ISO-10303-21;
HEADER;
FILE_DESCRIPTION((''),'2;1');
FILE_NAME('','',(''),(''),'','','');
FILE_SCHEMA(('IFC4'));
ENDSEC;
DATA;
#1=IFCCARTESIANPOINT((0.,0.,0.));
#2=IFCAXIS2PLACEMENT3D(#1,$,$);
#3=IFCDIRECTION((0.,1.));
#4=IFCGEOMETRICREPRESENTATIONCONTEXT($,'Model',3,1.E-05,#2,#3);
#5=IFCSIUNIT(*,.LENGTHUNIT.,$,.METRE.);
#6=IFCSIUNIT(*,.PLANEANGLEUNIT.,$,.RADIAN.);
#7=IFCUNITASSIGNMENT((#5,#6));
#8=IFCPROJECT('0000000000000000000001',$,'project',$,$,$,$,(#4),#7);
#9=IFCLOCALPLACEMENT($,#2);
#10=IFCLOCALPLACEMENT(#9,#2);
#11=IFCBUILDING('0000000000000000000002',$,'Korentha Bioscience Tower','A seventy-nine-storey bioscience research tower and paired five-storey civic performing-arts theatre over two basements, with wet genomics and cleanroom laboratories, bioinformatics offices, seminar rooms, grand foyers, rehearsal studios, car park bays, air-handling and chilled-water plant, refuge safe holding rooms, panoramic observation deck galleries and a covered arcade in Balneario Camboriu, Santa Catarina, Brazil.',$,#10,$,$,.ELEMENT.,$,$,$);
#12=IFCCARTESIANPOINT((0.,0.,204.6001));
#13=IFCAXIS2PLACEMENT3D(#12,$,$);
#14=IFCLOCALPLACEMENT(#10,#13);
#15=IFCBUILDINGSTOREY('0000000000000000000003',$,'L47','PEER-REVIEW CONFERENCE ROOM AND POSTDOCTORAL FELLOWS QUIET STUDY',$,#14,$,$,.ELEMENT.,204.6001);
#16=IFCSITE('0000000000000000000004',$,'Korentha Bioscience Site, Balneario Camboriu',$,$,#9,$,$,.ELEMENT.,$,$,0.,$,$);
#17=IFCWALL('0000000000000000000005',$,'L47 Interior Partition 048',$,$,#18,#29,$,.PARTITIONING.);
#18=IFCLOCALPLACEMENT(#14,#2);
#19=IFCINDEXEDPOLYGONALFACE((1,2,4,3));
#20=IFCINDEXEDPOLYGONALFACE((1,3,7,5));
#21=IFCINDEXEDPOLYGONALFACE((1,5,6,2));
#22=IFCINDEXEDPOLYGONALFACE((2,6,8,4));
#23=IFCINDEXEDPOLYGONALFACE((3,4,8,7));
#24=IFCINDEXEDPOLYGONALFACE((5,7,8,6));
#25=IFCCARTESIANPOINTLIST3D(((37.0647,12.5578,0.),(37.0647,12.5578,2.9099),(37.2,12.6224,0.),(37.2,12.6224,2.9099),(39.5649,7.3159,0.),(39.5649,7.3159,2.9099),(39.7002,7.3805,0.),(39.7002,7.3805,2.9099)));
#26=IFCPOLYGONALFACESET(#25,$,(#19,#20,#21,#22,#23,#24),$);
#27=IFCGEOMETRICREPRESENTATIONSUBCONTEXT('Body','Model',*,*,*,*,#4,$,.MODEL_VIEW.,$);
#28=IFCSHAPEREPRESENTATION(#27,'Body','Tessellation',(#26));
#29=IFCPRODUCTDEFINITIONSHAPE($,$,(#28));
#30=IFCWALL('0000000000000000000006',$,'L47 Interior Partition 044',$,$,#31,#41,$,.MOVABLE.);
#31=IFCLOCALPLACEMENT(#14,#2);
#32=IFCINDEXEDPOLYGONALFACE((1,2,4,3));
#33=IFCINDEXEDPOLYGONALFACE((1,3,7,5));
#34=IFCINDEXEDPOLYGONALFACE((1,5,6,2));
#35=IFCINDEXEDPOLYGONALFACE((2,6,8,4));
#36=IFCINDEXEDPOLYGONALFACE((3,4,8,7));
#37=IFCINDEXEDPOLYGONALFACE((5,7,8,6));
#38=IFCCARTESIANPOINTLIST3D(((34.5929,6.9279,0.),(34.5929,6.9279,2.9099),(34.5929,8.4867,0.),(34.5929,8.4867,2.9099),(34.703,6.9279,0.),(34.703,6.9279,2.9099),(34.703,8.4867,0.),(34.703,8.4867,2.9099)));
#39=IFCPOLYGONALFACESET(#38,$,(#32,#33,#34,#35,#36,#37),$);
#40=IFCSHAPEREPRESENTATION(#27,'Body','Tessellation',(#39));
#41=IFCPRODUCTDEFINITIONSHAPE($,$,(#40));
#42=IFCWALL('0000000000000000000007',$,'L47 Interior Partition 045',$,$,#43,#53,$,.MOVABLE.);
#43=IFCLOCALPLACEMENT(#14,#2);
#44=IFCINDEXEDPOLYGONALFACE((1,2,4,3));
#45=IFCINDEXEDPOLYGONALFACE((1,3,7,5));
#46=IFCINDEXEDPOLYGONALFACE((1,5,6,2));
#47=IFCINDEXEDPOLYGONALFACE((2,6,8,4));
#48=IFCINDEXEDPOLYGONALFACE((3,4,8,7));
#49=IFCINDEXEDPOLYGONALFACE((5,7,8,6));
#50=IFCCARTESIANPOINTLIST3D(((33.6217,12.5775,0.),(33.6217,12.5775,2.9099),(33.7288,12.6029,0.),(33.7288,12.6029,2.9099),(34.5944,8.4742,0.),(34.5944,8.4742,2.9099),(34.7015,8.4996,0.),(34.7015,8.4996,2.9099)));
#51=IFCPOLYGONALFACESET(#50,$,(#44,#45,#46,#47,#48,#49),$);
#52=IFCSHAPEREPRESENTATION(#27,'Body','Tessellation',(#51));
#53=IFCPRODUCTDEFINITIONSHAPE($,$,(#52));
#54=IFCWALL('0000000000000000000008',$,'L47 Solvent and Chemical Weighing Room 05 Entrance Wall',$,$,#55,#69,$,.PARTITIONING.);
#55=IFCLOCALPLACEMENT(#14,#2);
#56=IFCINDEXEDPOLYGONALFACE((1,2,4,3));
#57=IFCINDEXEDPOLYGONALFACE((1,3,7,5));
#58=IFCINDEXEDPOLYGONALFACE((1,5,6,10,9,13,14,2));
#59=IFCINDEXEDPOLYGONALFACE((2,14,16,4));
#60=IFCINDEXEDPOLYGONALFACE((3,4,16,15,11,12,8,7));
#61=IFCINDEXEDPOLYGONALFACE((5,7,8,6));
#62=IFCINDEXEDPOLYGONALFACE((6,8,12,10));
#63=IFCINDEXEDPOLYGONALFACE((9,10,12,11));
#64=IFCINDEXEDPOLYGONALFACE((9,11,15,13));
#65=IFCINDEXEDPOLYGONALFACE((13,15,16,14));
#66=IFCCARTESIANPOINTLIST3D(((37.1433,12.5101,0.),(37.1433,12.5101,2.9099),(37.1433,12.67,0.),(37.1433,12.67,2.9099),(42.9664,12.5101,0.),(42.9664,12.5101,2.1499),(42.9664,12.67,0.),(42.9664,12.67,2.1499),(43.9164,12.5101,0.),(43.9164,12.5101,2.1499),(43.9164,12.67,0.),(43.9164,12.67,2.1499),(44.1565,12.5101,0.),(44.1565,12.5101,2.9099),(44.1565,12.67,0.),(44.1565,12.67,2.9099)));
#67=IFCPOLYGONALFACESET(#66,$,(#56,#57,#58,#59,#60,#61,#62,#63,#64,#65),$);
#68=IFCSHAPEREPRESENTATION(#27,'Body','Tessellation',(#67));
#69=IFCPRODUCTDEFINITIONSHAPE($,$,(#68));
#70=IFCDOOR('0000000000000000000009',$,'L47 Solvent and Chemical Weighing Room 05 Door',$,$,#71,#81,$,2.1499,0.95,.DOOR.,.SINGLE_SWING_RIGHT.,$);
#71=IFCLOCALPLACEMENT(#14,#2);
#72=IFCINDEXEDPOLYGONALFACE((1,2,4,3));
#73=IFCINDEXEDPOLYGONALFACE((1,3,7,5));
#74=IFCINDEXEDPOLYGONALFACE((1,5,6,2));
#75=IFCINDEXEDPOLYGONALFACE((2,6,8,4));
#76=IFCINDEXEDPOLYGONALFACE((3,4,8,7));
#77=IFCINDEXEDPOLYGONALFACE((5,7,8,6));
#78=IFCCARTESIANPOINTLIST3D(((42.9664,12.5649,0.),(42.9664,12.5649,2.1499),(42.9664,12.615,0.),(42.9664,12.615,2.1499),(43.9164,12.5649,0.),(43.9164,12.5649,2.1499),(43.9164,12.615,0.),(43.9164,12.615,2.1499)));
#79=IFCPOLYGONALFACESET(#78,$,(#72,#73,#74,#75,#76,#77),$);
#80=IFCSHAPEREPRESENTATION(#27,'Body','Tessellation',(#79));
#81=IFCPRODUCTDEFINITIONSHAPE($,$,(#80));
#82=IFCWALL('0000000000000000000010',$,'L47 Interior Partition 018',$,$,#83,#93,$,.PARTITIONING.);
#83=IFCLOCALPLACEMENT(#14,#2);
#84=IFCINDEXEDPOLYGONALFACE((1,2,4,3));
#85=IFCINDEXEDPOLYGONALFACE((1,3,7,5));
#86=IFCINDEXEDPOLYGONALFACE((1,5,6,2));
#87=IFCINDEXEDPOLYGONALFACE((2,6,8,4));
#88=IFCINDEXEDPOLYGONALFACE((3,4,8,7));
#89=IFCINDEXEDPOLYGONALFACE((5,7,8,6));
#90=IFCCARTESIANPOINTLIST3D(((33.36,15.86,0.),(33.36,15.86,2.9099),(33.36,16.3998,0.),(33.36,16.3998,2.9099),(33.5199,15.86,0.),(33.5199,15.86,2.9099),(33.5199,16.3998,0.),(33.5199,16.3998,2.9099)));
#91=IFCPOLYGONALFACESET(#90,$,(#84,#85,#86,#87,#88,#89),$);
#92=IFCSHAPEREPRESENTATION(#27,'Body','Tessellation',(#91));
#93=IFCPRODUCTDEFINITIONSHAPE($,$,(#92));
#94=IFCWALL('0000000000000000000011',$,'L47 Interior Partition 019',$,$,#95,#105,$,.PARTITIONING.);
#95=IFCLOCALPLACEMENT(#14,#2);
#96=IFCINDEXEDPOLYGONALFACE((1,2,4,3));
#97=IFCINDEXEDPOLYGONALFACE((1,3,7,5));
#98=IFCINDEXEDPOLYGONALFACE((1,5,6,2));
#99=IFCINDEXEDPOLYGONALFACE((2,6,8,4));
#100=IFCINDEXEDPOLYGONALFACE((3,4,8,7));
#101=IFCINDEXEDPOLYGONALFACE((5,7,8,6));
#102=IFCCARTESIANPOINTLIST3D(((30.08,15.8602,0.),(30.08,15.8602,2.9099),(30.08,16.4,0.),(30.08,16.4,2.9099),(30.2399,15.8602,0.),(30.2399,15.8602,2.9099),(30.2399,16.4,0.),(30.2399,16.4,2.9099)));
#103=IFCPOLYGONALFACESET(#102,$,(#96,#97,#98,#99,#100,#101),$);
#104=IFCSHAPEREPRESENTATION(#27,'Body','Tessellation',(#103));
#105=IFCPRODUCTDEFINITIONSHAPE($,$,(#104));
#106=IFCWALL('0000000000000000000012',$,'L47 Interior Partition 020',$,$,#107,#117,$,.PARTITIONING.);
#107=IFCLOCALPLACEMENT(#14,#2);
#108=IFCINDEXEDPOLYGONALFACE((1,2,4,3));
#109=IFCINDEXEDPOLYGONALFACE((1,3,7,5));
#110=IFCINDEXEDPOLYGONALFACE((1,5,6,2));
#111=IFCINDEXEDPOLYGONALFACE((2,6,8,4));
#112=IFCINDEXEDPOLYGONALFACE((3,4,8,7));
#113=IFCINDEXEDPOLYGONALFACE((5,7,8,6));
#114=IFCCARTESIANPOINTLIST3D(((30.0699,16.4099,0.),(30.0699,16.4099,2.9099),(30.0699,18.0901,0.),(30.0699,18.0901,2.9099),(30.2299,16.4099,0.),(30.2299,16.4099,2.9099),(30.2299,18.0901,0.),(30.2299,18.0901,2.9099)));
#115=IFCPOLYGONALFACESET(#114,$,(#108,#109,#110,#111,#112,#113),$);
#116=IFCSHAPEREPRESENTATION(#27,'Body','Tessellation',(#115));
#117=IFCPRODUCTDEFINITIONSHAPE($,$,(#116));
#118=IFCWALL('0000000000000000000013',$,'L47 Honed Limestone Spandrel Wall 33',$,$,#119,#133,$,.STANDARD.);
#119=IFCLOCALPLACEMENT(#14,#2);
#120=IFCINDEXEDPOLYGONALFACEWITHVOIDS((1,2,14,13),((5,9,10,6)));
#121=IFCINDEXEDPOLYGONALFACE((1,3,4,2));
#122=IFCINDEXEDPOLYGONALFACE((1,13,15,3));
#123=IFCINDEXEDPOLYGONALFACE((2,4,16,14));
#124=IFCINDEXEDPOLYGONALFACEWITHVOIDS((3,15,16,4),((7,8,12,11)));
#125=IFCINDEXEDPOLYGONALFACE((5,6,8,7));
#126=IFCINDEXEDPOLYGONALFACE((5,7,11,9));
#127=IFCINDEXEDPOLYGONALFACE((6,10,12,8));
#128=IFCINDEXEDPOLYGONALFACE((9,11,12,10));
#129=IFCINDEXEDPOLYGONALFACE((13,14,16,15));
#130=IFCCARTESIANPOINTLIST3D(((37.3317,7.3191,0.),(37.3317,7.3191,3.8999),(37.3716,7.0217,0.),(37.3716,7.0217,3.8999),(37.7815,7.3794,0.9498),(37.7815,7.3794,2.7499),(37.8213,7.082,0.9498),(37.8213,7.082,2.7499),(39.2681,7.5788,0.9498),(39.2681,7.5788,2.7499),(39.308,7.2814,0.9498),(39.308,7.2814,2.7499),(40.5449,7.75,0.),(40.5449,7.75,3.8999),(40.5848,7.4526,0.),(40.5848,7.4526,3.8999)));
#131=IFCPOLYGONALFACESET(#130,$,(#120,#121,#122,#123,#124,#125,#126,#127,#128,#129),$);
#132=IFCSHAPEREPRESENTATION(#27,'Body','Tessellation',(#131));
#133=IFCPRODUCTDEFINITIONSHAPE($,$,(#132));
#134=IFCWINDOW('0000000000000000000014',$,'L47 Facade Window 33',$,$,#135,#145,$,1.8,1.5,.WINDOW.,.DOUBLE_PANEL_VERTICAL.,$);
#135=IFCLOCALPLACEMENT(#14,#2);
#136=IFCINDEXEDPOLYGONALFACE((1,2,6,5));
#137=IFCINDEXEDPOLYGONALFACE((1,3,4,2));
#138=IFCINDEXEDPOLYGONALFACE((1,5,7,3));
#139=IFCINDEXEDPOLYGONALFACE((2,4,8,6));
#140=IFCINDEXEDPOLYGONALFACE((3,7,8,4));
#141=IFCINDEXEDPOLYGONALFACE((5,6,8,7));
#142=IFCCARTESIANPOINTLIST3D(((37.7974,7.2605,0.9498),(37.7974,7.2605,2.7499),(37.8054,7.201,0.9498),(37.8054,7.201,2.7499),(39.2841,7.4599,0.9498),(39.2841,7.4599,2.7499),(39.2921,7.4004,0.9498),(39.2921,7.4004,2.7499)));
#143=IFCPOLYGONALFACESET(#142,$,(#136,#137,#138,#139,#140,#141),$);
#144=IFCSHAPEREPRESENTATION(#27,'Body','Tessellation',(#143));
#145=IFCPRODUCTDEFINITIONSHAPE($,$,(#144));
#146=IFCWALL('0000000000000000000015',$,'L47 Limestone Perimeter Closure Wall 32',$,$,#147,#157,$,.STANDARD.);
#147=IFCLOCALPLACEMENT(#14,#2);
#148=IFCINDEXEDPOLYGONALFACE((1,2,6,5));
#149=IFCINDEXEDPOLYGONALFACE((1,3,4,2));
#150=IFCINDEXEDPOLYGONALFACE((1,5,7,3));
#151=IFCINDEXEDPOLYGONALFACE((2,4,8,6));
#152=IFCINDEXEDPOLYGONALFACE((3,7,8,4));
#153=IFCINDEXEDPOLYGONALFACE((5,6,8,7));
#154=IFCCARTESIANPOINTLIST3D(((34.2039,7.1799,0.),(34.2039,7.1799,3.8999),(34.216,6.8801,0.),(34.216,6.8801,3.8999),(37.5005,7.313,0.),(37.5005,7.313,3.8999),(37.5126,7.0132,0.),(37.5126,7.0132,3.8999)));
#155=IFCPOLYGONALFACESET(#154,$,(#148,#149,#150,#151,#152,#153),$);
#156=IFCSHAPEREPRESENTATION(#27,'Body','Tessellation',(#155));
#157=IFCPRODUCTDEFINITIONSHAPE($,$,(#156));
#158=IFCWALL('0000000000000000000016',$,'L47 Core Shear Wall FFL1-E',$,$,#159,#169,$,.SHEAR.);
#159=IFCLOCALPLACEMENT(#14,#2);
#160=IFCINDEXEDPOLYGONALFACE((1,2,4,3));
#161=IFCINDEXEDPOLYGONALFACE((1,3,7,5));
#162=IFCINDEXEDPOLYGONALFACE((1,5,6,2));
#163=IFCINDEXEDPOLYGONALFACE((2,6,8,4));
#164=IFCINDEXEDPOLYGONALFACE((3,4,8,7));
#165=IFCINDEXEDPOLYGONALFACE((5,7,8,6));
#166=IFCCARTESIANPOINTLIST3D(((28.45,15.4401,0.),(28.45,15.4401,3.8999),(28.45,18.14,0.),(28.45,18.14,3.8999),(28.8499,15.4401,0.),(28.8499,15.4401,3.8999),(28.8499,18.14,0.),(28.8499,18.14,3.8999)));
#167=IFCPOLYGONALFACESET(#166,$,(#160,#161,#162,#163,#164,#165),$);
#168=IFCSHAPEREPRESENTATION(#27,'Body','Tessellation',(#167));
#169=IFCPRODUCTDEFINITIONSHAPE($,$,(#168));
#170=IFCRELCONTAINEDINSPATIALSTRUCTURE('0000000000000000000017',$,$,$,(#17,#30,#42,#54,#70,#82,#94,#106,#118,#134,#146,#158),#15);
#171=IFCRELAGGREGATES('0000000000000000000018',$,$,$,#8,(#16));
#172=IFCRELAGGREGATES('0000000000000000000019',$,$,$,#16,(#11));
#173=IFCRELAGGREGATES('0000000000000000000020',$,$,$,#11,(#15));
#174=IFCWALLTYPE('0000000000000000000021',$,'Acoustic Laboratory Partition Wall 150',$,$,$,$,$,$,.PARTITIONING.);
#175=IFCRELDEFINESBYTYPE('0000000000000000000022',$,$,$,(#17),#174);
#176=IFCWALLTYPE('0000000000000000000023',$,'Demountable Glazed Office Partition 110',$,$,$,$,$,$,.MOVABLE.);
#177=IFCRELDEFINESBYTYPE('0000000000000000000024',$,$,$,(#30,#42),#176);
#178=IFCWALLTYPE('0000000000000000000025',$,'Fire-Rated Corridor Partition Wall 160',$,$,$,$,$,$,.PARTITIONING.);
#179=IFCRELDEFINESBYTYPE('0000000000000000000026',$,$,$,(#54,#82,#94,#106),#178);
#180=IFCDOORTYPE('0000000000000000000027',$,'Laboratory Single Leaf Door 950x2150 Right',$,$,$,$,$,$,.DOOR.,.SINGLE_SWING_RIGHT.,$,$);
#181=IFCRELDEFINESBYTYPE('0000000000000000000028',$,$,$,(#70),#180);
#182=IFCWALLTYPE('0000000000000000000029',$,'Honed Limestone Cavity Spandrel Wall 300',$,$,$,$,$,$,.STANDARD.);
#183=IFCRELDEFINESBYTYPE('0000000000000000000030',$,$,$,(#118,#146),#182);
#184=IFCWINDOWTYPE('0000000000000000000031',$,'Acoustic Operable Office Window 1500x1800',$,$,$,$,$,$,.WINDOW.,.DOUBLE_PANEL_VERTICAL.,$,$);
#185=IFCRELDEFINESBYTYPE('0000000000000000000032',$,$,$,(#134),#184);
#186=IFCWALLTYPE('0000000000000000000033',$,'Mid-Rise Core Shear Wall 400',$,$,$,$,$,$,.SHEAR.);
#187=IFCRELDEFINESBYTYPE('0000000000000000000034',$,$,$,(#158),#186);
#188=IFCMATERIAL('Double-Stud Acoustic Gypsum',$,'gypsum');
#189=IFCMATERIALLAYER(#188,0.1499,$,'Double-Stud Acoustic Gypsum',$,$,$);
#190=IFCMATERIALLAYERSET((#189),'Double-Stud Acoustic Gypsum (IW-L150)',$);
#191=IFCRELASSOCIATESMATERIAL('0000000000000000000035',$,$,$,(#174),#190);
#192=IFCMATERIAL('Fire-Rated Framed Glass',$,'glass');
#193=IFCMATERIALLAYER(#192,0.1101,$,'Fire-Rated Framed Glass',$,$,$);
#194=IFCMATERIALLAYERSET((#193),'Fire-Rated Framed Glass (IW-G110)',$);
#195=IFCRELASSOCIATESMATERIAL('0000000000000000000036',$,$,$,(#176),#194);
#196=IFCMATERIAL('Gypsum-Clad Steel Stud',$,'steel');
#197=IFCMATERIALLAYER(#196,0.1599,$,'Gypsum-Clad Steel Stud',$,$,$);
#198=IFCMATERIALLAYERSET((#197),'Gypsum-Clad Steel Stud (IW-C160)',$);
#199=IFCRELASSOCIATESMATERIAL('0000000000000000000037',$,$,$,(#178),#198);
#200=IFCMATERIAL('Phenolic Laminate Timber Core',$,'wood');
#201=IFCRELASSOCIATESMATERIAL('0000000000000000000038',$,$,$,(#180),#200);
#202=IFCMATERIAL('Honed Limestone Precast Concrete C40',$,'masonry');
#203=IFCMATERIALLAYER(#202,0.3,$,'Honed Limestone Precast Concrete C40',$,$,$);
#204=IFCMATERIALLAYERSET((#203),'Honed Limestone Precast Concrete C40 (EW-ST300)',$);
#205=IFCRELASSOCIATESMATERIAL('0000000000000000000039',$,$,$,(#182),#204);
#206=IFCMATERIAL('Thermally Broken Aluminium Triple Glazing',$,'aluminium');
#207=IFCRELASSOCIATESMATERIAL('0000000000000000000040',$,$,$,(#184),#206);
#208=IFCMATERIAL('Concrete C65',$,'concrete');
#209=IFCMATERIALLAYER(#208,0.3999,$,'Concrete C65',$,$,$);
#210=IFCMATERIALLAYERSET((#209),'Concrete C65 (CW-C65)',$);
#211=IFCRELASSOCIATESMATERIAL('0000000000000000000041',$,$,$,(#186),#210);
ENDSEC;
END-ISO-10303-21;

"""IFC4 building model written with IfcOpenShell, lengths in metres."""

from ifc_helpers import new_model, si_unit, direction, frame, frame_2d, origin, place, context, subcontext, project, spatial, rectangle, extrude, material, layer, layer_set, type_object, element, fill, save


model = new_model("IFC4")

# Units and contexts
model_context = context("Model", 3, precision=1e-05, world=origin(), true_north=direction((0.0, 1.0)))
body_context = subcontext(model_context, "Body", "Model", "MODEL_VIEW")
ifc_project = project(units=[si_unit("LENGTHUNIT", "METRE"), si_unit("PLANEANGLEUNIT", "RADIAN")], contexts=[model_context])

# Site, building, storey
site_placement = place(None, origin())
site = spatial("IfcSite", under=ifc_project, at=site_placement, Name="Korentha Bioscience Site, Balneario Camboriu", CompositionType="ELEMENT", RefElevation=0.0)
building_placement = place(site_placement, origin())
building = spatial("IfcBuilding", under=site, at=building_placement, Name="Korentha Bioscience Tower", Description="A seventy-nine-storey bioscience research tower and paired five-storey civic performing-arts theatre over two basements, with wet genomics and cleanroom laboratories, bioinformatics offices, seminar rooms, grand foyers, rehearsal studios, car park bays, air-handling and chilled-water plant, refuge safe holding rooms, panoramic observation deck galleries and a covered arcade in Balneario Camboriu, Santa Catarina, Brazil.", CompositionType="ELEMENT")
storey_placement = place(building_placement, frame((0.0, 0.0, 204.6001)))
storey = spatial("IfcBuildingStorey", under=building, at=storey_placement, Name="L47", Description="PEER-REVIEW CONFERENCE ROOM AND POSTDOCTORAL FELLOWS QUIET STUDY", CompositionType="ELEMENT", Elevation=204.6001)

# Shared definitions
ifc_material_1 = material(Name="Double-Stud Acoustic Gypsum", Category="gypsum")
ifc_layer_1 = layer(ifc_material_1, 0.1499, Name="Double-Stud Acoustic Gypsum")
ifc_layer_set_1 = layer_set([ifc_layer_1], Name="Double-Stud Acoustic Gypsum (IW-L150)")
wall_type_1 = type_object("IfcWallType", Name="Acoustic Laboratory Partition Wall 150", PredefinedType="PARTITIONING", material=ifc_layer_set_1)
ifc_material_2 = material(Name="Phenolic Laminate Timber Core", Category="wood")

# Walls
wall_1_placement = place(storey_placement, frame((37.1323, 12.5901, 0.0), z_axis=(0.0, 0.0, 1.0), x_axis=(0.430506, -0.902588, 0.0)))
element("IfcWall", 1, at=wall_1_placement, inside=storey, type_object=wall_type_1, Name="L47 Interior Partition 048", PredefinedType="PARTITIONING", context=body_context, shape_type="SweptSolid", body=[
    extrude(rectangle(XDim=5.8076, YDim=0.1499, at=frame_2d((2.9038, 0.0))), origin(), (0.0, 0.0, 1.0), 2.9099),
])
ifc_material_3 = material(Name="Fire-Rated Framed Glass", Category="glass")
ifc_layer_2 = layer(ifc_material_3, 0.1101, Name="Fire-Rated Framed Glass")
ifc_layer_set_2 = layer_set([ifc_layer_2], Name="Fire-Rated Framed Glass (IW-G110)")
wall_type_2 = type_object("IfcWallType", Name="Demountable Glazed Office Partition 110", PredefinedType="MOVABLE", material=ifc_layer_set_2)
wall_2_placement = place(storey_placement, frame((34.6479, 8.4866, 0.0), z_axis=(0.0, 0.0, 1.0), x_axis=(0.0, -1.0, 0.0)))
element("IfcWall", 2, at=wall_2_placement, inside=storey, type_object=wall_type_2, Name="L47 Interior Partition 044", PredefinedType="MOVABLE", context=body_context, shape_type="SweptSolid", body=[
    extrude(rectangle(XDim=1.5588, YDim=0.1101, at=frame_2d((0.7793, 0.0))), origin(), (0.0, 0.0, 1.0), 2.9099),
])
wall_3_placement = place(storey_placement, frame((33.6753, 12.5901, 0.0), z_axis=(0.0, 0.0, 1.0), x_axis=(0.230652, -0.973036, 0.0)))
element("IfcWall", 3, at=wall_3_placement, inside=storey, type_object=wall_type_2, Name="L47 Interior Partition 045", PredefinedType="MOVABLE", context=body_context, shape_type="SweptSolid", body=[
    extrude(rectangle(XDim=4.217, YDim=0.1101, at=frame_2d((2.1084, 0.0))), origin(), (0.0, 0.0, 1.0), 2.9099),
])

# Wall, opening, door
ifc_material_4 = material(Name="Gypsum-Clad Steel Stud", Category="steel")
ifc_layer_3 = layer(ifc_material_4, 0.1599, Name="Gypsum-Clad Steel Stud")
ifc_layer_set_3 = layer_set([ifc_layer_3], Name="Gypsum-Clad Steel Stud (IW-C160)")
wall_type_3 = type_object("IfcWallType", Name="Fire-Rated Corridor Partition Wall 160", PredefinedType="PARTITIONING", material=ifc_layer_set_3)
door_type_1 = type_object("IfcDoorType", Name="Laboratory Single Leaf Door 950x2150 Right", OperationType="SINGLE_SWING_RIGHT", PredefinedType="DOOR", material=ifc_material_2)
wall_4_placement = place(storey_placement, frame((37.1433, 12.5901, 0.0), z_axis=(0.0, 0.0, 1.0), x_axis=(1.0, 0.0, 0.0)))
wall_4 = element("IfcWall", 4, at=wall_4_placement, inside=storey, type_object=wall_type_3, Name="L47 Solvent and Chemical Weighing Room 05 Entrance Wall", PredefinedType="PARTITIONING", context=body_context, shape_type="SweptSolid", body=[
    extrude(rectangle(XDim=7.0132, YDim=0.1599, at=frame_2d((3.5066, 0.0))), origin(), (0.0, 0.0, 1.0), 2.9099),
])
opening_1_placement = place(wall_4_placement, frame((5.823, 0.0, 0.0)))
opening_1 = element("IfcOpeningElement", 5, at=opening_1_placement, cuts=wall_4, PredefinedType="OPENING", context=body_context, shape_type="SweptSolid", body=[
    extrude(rectangle(XDim=0.95, YDim=2.1499, at=frame_2d((0.4751, 1.075))), frame((0.0, 0.0947, 0.0), z_axis=(0.0, -1.0, 0.0), x_axis=(1.0, 0.0, 0.0)), (0.0, 0.0, 1.0), 0.1897),
])
door_1_placement = place(opening_1_placement, origin())
door_1 = element("IfcDoor", 6, at=door_1_placement, inside=storey, type_object=door_type_1, Name="L47 Solvent and Chemical Weighing Room 05 Door", OperationType="SINGLE_SWING_RIGHT", OverallHeight=2.1499, OverallWidth=0.95, PredefinedType="DOOR", context=body_context, shape_type="SweptSolid", body=[
    extrude(rectangle(XDim=0.95, YDim=2.1499, at=frame_2d((0.4751, 1.075))), frame((0.0, 0.0249, 0.0), z_axis=(0.0, -1.0, 0.0), x_axis=(1.0, 0.0, 0.0)), (0.0, 0.0, 1.0), 0.05),
])
fill(opening_1, door_1)

# Walls
for number, where, z_axis, x_axis, name in (
    (7, (33.4399, 16.3999, 0.0), (0.0, 0.0, 1.0), (0.0, -1.0, 0.0), "L47 Interior Partition 018"),
    (8, (30.1599, 15.8601, 0.0), (0.0, 0.0, 1.0), (0.0, 1.0, 0.0), "L47 Interior Partition 019"),
):
    element("IfcWall", number, at=place(storey_placement, frame(where, z_axis=z_axis, x_axis=x_axis)), inside=storey, type_object=wall_type_3, Name=name, PredefinedType="PARTITIONING", context=body_context, shape_type="SweptSolid", body=[
        extrude(rectangle(XDim=0.5398, YDim=0.1599, at=frame_2d((0.27, 0.0))), origin(), (0.0, 0.0, 1.0), 2.9099),
    ])
wall_5_placement = place(storey_placement, frame((30.1499, 16.4099, 0.0), z_axis=(0.0, 0.0, 1.0), x_axis=(0.0, 1.0, 0.0)))
element("IfcWall", 9, at=wall_5_placement, inside=storey, type_object=wall_type_3, Name="L47 Interior Partition 020", PredefinedType="PARTITIONING", context=body_context, shape_type="SweptSolid", body=[
    extrude(rectangle(XDim=1.6802, YDim=0.1599, at=frame_2d((0.8401, 0.0))), origin(), (0.0, 0.0, 1.0), 2.9099),
])

# Wall, opening, window
ifc_material_5 = material(Name="Honed Limestone Precast Concrete C40", Category="masonry")
ifc_layer_4 = layer(ifc_material_5, 0.3, Name="Honed Limestone Precast Concrete C40")
ifc_layer_set_4 = layer_set([ifc_layer_4], Name="Honed Limestone Precast Concrete C40 (EW-ST300)")
wall_type_4 = type_object("IfcWallType", Name="Honed Limestone Cavity Spandrel Wall 300", PredefinedType="STANDARD", material=ifc_layer_set_4)
wall_6_placement = place(storey_placement, frame((37.3516, 7.1704, 0.0), z_axis=(0.0, 0.0, 1.0), x_axis=(0.991127, 0.132918, 0.0)))
wall_6 = element("IfcWall", 10, at=wall_6_placement, inside=storey, type_object=wall_type_4, Name="L47 Honed Limestone Spandrel Wall 33", PredefinedType="STANDARD", context=body_context, shape_type="SweptSolid", body=[
    extrude(rectangle(XDim=3.2419, YDim=0.3, at=frame_2d((1.6211, 0.0))), origin(), (0.0, 0.0, 1.0), 3.8999),
])
opening_2_placement = place(wall_6_placement, frame((0.4539, 0.0, 0.95)))
opening_2 = element("IfcOpeningElement", 11, at=opening_2_placement, cuts=wall_6, PredefinedType="OPENING", context=body_context, shape_type="SweptSolid", body=[
    extrude(rectangle(XDim=1.5, YDim=1.8, at=frame_2d((0.75, 0.8999))), frame((0.0, 0.165, 0.0), z_axis=(0.0, -1.0, 0.0), x_axis=(1.0, 0.0, 0.0)), (0.0, 0.0, 1.0), 0.3298),
])
ifc_material_6 = material(Name="Thermally Broken Aluminium Triple Glazing", Category="aluminium")
window_type = type_object("IfcWindowType", Name="Acoustic Operable Office Window 1500x1800", PartitioningType="DOUBLE_PANEL_VERTICAL", PredefinedType="WINDOW", material=ifc_material_6)
window_placement = place(opening_2_placement, origin())
window = element("IfcWindow", 12, at=window_placement, inside=storey, type_object=window_type, Name="L47 Facade Window 33", OverallHeight=1.8, OverallWidth=1.5, PartitioningType="DOUBLE_PANEL_VERTICAL", PredefinedType="WINDOW", context=body_context, shape_type="SweptSolid", body=[
    extrude(rectangle(XDim=1.5, YDim=1.8, at=frame_2d((0.75, 0.8999))), frame((0.0, 0.03, 0.0), z_axis=(0.0, -1.0, 0.0), x_axis=(1.0, 0.0, 0.0)), (0.0, 0.0, 1.0), 0.0601),
])
fill(opening_2, window)

# Walls
wall_7_placement = place(storey_placement, frame((34.21, 7.03, 0.0), z_axis=(0.0, 0.0, 1.0), x_axis=(0.999186, 0.040329, 0.0)))
element("IfcWall", 13, at=wall_7_placement, inside=storey, type_object=wall_type_4, Name="L47 Limestone Perimeter Closure Wall 32", PredefinedType="STANDARD", context=body_context, shape_type="SweptSolid", body=[
    extrude(rectangle(XDim=3.2993, YDim=0.3, at=frame_2d((1.6497, 0.0))), origin(), (0.0, 0.0, 1.0), 3.8999),
])
ifc_material_7 = material(Name="Concrete C65", Category="concrete")
ifc_layer_5 = layer(ifc_material_7, 0.3999, Name="Concrete C65")
ifc_layer_set_5 = layer_set([ifc_layer_5], Name="Concrete C65 (CW-C65)")
wall_type_5 = type_object("IfcWallType", Name="Mid-Rise Core Shear Wall 400", PredefinedType="SHEAR", material=ifc_layer_set_5)
wall_8_placement = place(storey_placement, frame((28.6499, 15.4399, 0.0), z_axis=(0.0, 0.0, 1.0), x_axis=(0.0, 1.0, 0.0)))
element("IfcWall", 14, at=wall_8_placement, inside=storey, type_object=wall_type_5, Name="L47 Core Shear Wall FFL1-E", PredefinedType="SHEAR", context=body_context, shape_type="SweptSolid", body=[
    extrude(rectangle(XDim=2.7, YDim=0.3999, at=frame_2d((1.3501, 0.0))), origin(), (0.0, 0.0, 1.0), 3.8999),
])

save(model, "model.ifc")
